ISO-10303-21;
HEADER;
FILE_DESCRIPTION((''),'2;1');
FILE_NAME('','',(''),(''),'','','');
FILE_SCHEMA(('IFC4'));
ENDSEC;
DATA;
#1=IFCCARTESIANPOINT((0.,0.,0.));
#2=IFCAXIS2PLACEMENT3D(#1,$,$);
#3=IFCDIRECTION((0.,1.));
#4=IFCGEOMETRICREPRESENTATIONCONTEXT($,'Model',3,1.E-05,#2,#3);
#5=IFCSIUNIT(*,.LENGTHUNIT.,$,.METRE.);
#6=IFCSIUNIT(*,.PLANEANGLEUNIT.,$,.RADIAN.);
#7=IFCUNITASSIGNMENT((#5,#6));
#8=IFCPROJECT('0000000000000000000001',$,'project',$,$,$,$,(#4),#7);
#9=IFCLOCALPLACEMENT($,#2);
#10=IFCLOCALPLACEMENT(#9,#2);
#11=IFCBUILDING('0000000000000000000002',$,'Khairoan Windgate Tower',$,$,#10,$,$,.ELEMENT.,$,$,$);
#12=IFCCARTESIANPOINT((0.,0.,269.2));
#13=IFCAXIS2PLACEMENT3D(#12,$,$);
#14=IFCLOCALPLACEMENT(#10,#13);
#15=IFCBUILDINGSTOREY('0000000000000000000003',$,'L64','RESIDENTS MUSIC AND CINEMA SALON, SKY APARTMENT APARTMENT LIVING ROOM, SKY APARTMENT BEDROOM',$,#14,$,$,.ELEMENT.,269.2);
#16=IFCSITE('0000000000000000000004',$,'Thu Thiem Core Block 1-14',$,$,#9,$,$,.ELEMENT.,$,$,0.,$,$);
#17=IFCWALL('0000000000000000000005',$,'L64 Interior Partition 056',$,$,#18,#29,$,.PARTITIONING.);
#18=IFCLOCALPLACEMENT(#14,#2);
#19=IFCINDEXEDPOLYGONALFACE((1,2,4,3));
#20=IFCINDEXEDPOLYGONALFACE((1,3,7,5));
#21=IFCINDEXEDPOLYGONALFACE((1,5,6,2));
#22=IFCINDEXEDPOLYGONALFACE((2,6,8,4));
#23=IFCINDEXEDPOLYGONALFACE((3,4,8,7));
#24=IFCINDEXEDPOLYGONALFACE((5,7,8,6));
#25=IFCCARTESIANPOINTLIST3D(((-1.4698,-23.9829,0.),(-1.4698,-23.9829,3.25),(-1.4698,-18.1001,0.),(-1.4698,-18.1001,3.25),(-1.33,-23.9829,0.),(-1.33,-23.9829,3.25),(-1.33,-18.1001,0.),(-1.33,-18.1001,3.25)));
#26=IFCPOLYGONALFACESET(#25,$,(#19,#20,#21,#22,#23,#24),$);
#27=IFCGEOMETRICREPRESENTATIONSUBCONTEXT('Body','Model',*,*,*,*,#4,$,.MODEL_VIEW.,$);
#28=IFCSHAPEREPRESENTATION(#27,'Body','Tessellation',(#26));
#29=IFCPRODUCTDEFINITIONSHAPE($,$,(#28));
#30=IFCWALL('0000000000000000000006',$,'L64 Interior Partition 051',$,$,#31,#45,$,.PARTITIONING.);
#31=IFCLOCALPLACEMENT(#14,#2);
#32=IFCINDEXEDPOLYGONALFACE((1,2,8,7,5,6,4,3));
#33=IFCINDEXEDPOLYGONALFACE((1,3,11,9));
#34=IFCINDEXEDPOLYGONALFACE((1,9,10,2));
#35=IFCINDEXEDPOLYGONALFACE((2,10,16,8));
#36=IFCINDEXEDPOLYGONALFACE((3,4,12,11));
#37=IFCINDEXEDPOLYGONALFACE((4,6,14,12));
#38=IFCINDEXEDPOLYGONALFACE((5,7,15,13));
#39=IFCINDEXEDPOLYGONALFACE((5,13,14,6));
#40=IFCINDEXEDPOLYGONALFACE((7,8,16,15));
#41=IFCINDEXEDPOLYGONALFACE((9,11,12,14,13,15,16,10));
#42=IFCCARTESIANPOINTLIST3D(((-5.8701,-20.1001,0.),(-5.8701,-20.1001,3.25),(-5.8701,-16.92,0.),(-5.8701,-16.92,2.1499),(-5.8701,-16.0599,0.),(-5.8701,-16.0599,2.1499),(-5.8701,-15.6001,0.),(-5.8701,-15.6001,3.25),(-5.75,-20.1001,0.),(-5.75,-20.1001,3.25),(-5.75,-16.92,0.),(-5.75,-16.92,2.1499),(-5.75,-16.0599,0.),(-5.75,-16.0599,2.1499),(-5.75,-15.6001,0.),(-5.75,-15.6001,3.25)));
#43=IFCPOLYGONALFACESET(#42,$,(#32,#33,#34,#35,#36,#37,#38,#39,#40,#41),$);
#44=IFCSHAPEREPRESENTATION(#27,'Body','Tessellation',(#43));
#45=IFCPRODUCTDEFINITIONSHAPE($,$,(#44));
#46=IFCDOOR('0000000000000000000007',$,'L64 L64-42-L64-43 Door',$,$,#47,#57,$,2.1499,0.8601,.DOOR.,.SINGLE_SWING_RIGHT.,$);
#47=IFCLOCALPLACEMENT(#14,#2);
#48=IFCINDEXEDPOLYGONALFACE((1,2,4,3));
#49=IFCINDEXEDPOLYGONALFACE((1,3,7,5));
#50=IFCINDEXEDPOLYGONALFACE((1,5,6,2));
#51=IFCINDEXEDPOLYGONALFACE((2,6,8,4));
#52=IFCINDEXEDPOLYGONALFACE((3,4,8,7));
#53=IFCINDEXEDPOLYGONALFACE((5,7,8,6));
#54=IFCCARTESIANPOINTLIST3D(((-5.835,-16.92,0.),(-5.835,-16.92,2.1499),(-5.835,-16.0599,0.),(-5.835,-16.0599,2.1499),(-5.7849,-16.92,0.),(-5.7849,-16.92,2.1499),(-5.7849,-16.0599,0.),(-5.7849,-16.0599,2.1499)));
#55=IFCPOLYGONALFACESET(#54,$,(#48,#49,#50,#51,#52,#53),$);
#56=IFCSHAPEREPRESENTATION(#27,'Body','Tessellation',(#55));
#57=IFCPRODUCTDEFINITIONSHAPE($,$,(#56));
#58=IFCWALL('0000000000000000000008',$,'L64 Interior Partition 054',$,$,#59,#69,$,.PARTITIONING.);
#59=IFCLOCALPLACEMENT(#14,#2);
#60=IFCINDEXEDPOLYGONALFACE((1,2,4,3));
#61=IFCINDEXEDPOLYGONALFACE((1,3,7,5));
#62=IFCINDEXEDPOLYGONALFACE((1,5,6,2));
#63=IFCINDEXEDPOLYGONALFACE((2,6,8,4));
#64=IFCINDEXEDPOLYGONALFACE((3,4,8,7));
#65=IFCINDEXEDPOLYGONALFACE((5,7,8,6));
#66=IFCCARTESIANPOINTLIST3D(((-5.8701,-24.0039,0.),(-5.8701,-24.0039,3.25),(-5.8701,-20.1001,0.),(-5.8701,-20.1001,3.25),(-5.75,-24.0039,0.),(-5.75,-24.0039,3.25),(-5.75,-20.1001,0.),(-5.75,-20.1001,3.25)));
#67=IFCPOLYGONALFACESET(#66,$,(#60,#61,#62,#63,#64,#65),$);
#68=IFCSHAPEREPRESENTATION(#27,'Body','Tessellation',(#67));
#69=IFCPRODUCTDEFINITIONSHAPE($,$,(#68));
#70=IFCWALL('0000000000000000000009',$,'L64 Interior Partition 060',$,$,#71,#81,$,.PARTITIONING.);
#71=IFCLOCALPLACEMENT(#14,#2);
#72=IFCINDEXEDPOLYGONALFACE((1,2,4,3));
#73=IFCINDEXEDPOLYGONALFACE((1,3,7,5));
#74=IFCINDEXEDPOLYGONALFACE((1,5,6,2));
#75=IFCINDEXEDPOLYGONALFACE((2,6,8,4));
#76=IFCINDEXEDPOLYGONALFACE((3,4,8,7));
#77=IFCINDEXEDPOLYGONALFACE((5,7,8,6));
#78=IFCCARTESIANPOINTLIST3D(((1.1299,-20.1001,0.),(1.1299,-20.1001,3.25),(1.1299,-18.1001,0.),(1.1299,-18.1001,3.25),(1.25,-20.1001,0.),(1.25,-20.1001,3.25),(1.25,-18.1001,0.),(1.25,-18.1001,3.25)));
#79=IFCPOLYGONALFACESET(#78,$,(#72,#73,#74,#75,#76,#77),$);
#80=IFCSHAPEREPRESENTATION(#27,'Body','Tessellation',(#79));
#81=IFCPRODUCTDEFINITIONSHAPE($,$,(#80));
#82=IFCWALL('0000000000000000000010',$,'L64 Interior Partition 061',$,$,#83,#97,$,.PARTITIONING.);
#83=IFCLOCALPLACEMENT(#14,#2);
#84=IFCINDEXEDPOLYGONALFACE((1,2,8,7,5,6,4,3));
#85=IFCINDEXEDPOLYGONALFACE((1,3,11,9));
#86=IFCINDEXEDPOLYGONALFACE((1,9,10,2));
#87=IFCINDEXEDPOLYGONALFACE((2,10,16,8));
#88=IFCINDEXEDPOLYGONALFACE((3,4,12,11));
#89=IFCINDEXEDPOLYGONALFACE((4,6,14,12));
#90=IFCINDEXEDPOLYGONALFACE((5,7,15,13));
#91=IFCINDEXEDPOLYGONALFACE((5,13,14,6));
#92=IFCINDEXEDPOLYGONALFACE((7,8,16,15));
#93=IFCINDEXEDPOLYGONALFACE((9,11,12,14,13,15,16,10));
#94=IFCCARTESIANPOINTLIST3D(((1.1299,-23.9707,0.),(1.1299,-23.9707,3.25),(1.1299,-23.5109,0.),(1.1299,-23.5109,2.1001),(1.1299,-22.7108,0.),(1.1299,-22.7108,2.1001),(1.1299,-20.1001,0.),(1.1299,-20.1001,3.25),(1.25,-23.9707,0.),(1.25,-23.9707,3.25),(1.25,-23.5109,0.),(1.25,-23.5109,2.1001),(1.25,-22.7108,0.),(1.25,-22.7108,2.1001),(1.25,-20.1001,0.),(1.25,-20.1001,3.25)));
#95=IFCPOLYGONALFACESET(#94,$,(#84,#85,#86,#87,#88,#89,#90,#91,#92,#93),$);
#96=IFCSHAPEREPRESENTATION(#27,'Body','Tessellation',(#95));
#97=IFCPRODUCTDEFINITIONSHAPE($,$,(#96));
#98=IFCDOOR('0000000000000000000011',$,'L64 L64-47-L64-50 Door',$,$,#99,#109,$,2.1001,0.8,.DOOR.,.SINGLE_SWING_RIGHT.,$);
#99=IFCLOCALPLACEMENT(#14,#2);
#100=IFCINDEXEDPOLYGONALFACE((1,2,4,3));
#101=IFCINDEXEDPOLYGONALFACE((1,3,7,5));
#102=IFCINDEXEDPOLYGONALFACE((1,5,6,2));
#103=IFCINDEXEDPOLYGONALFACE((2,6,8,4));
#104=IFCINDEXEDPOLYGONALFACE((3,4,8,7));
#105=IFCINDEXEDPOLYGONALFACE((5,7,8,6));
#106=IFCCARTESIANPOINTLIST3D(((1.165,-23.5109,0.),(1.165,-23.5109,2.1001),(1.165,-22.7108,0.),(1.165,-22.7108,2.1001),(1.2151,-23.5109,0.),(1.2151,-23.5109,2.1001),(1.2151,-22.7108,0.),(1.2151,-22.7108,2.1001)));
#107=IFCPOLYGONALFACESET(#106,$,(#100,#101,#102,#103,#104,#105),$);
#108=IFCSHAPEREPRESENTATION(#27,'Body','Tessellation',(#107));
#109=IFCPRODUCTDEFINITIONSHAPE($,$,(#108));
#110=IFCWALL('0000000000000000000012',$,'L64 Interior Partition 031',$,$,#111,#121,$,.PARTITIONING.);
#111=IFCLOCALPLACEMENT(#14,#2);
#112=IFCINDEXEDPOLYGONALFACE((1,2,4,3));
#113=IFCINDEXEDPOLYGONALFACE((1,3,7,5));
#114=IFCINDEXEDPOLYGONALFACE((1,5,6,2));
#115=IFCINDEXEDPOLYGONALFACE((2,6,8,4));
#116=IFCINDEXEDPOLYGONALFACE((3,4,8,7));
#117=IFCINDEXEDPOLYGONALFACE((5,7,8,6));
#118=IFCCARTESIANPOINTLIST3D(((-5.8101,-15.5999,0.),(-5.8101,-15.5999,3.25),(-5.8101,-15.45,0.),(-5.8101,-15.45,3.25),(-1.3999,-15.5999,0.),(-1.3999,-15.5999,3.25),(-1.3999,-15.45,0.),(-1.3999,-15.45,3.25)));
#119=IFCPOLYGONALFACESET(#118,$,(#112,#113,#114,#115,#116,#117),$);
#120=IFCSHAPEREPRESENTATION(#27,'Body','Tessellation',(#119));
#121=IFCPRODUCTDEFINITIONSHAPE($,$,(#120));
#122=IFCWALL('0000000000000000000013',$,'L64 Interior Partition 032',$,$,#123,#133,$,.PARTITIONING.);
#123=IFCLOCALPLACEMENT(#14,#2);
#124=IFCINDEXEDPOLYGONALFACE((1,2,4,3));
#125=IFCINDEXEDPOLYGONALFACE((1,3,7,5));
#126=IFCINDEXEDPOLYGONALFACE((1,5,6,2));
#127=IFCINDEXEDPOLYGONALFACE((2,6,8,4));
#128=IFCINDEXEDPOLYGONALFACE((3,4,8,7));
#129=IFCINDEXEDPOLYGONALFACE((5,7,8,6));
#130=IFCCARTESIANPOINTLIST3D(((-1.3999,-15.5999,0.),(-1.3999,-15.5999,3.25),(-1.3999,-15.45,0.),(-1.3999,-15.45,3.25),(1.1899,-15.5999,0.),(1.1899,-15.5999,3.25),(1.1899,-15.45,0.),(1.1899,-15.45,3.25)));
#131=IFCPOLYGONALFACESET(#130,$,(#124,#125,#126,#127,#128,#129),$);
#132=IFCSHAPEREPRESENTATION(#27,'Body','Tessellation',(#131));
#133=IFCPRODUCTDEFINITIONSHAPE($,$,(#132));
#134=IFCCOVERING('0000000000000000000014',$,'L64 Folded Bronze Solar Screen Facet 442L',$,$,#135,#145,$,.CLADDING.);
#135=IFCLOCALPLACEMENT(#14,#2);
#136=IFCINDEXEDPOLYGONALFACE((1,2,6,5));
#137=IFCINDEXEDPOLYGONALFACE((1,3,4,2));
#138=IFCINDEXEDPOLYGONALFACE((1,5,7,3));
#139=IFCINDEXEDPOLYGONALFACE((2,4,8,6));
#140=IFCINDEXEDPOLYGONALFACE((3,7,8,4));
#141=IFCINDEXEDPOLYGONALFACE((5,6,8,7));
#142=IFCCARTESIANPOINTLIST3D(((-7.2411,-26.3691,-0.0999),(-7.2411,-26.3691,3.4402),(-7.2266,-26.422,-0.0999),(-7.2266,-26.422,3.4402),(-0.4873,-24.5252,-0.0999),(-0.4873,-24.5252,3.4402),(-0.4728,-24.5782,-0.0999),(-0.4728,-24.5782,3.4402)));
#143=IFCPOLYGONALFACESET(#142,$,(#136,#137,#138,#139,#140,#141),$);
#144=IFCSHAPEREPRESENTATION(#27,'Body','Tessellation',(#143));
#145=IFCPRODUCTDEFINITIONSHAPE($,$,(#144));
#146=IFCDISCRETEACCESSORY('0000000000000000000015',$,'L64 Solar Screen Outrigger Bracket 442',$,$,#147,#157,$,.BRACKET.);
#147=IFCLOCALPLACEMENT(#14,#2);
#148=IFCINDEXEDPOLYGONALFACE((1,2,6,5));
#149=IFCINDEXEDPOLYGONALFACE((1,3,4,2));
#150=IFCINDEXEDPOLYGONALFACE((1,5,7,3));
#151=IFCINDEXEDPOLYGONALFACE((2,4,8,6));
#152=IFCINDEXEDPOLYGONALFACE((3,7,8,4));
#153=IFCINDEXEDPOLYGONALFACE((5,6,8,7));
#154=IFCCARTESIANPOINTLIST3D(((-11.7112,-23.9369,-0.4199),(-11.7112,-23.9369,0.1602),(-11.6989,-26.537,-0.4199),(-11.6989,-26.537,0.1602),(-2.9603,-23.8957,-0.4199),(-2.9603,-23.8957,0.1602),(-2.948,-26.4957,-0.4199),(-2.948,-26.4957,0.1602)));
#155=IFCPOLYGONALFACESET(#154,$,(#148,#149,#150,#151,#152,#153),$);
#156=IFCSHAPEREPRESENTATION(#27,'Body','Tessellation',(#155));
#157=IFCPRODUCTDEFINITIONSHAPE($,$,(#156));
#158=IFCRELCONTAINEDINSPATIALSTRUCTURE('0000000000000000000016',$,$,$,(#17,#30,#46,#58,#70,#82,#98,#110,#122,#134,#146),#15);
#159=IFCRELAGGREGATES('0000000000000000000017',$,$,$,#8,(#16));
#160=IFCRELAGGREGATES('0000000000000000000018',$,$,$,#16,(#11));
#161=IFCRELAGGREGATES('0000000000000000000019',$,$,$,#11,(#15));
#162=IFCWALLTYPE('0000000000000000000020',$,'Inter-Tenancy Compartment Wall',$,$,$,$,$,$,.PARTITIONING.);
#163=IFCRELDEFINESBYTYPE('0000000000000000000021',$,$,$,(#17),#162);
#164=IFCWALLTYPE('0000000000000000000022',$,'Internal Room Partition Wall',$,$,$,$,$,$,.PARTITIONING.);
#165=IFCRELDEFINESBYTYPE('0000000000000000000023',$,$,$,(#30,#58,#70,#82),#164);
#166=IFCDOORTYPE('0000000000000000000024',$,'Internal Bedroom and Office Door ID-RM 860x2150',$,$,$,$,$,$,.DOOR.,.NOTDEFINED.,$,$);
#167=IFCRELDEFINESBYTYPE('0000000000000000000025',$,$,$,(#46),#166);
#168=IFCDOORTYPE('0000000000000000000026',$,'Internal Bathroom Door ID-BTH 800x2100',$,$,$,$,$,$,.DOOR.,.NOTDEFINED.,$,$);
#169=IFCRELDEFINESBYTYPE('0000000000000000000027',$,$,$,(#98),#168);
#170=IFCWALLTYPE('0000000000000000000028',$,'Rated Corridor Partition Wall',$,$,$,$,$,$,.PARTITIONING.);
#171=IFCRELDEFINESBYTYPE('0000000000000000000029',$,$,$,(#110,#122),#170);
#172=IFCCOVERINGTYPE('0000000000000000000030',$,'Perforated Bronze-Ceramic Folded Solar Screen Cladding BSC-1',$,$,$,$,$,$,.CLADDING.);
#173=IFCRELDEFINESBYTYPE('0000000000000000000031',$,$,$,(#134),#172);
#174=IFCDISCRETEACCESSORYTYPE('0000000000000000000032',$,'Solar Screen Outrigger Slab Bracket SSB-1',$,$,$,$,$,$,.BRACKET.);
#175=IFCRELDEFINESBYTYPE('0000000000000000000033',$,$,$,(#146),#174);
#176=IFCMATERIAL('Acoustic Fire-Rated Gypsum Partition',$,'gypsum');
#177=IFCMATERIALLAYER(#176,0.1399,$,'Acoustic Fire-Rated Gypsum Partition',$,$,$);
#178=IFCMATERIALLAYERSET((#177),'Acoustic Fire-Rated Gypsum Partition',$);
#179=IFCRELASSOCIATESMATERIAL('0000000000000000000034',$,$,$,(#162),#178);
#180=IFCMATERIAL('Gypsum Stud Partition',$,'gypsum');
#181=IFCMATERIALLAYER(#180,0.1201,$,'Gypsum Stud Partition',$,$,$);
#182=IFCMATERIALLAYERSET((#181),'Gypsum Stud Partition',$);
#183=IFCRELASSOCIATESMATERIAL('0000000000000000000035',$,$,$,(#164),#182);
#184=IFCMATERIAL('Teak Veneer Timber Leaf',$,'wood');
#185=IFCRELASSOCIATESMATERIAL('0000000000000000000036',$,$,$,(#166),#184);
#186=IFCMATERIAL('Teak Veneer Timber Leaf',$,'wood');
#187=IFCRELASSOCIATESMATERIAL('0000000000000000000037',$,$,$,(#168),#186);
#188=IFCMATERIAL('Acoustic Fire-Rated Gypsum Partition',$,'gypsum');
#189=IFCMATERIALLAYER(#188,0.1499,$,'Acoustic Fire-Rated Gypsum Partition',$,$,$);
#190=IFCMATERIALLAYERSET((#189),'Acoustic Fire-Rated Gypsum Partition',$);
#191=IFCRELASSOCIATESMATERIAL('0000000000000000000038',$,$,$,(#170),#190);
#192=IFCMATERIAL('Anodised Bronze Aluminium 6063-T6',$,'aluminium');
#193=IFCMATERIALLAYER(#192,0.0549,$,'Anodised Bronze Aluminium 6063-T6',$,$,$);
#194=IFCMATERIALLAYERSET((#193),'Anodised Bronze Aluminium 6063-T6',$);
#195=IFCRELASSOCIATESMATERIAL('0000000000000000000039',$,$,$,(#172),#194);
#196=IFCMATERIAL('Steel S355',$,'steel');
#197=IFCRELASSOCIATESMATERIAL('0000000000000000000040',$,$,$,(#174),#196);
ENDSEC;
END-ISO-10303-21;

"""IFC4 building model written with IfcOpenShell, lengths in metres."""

from ifc_helpers import new_model, si_unit, direction, frame, frame_2d, origin, origin_2d, place, context, subcontext, project, spatial, rectangle, extrude, material, layer, layer_set, type_object, element, fill, save


model = new_model("IFC4")

# Units and contexts
model_context = context("Model", 3, precision=1e-05, world=origin(), true_north=direction((0.0, 1.0)))
body_context = subcontext(model_context, "Body", "Model", "MODEL_VIEW")
ifc_project = project(units=[si_unit("LENGTHUNIT", "METRE"), si_unit("PLANEANGLEUNIT", "RADIAN")], contexts=[model_context])

# Site, building, storey
site_placement = place(None, origin())
site = spatial("IfcSite", under=ifc_project, at=site_placement, Name="Thu Thiem Core Block 1-14", CompositionType="ELEMENT", RefElevation=0.0)
building_placement = place(site_placement, origin())
building = spatial("IfcBuilding", under=site, at=building_placement, Name="Khairoan Windgate Tower", CompositionType="ELEMENT")
storey_placement = place(building_placement, frame((0.0, 0.0, 269.2)))
storey = spatial("IfcBuildingStorey", under=building, at=storey_placement, Name="L64", Description="RESIDENTS MUSIC AND CINEMA SALON, SKY APARTMENT APARTMENT LIVING ROOM, SKY APARTMENT BEDROOM", CompositionType="ELEMENT", Elevation=269.2)

# Wall
ifc_material_1 = material(Name="Acoustic Fire-Rated Gypsum Partition", Category="gypsum")
ifc_layer_1 = layer(ifc_material_1, 0.1399, Name="Acoustic Fire-Rated Gypsum Partition")
ifc_layer_set_1 = layer_set([ifc_layer_1], Name="Acoustic Fire-Rated Gypsum Partition")
wall_type_1 = type_object("IfcWallType", Name="Inter-Tenancy Compartment Wall", PredefinedType="PARTITIONING", material=ifc_layer_set_1)
wall_1_placement = place(storey_placement, frame((-1.3999, -23.9829, 0.0), z_axis=(0.0, 0.0, 1.0), x_axis=(0.0, 1.0, 0.0)))
element("IfcWall", 1, at=wall_1_placement, inside=storey, type_object=wall_type_1, Name="L64 Interior Partition 056", PredefinedType="PARTITIONING", context=body_context, shape_type="SweptSolid", body=[
    extrude(rectangle(XDim=5.8828, YDim=0.1399, at=frame_2d((2.9414, 0.0))), origin(), (0.0, 0.0, 1.0), 3.25),
])

# Wall, opening, door
ifc_material_2 = material(Name="Gypsum Stud Partition", Category="gypsum")
ifc_layer_2 = layer(ifc_material_2, 0.1201, Name="Gypsum Stud Partition")
ifc_layer_set_2 = layer_set([ifc_layer_2], Name="Gypsum Stud Partition")
wall_type_2 = type_object("IfcWallType", Name="Internal Room Partition Wall", PredefinedType="PARTITIONING", material=ifc_layer_set_2)
wall_2_placement = place(storey_placement, frame((-5.8101, -20.1001, 0.0), z_axis=(0.0, 0.0, 1.0), x_axis=(0.0, 1.0, 0.0)))
wall_2 = element("IfcWall", 2, at=wall_2_placement, inside=storey, type_object=wall_type_2, Name="L64 Interior Partition 051", PredefinedType="PARTITIONING", context=body_context, shape_type="SweptSolid", body=[
    extrude(rectangle(XDim=4.5, YDim=0.1201, at=frame_2d((2.25, 0.0))), origin(), (0.0, 0.0, 1.0), 3.25),
])
opening_1_placement = place(wall_2_placement, frame((3.1799, 0.0, 0.0)))
opening_1 = element("IfcOpeningElement", 3, at=opening_1_placement, cuts=wall_2, PredefinedType="OPENING", context=body_context, shape_type="SweptSolid", body=[
    extrude(rectangle(XDim=0.8601, YDim=2.1499, at=frame_2d((0.4302, 1.075))), frame((0.0, 0.0701, 0.0), z_axis=(0.0, -1.0, 0.0), x_axis=(1.0, 0.0, 0.0)), (0.0, 0.0, 1.0), 0.1401),
])
ifc_material_3 = material(Name="Teak Veneer Timber Leaf", Category="wood")
door_type_1 = type_object("IfcDoorType", Name="Internal Bedroom and Office Door ID-RM 860x2150", OperationType="NOTDEFINED", PredefinedType="DOOR", material=ifc_material_3)
door_1_placement = place(opening_1_placement, origin())
door_1 = element("IfcDoor", 4, at=door_1_placement, inside=storey, type_object=door_type_1, Name="L64 L64-42-L64-43 Door", OperationType="SINGLE_SWING_RIGHT", OverallHeight=2.1499, OverallWidth=0.8601, PredefinedType="DOOR", context=body_context, shape_type="SweptSolid", body=[
    extrude(rectangle(XDim=0.8601, YDim=2.1499, at=frame_2d((0.4302, 1.075))), frame((0.0, 0.0249, 0.0), z_axis=(0.0, -1.0, 0.0), x_axis=(1.0, 0.0, 0.0)), (0.0, 0.0, 1.0), 0.05),
])
fill(opening_1, door_1)

# Walls
wall_3_placement = place(storey_placement, frame((-5.8101, -24.0039, 0.0), z_axis=(0.0, 0.0, 1.0), x_axis=(0.0, 1.0, 0.0)))
element("IfcWall", 5, at=wall_3_placement, inside=storey, type_object=wall_type_2, Name="L64 Interior Partition 054", PredefinedType="PARTITIONING", context=body_context, shape_type="SweptSolid", body=[
    extrude(rectangle(XDim=3.9038, YDim=0.1201, at=frame_2d((1.9519, 0.0))), origin(), (0.0, 0.0, 1.0), 3.25),
])
wall_4_placement = place(storey_placement, frame((1.1899, -20.1001, 0.0), z_axis=(0.0, 0.0, 1.0), x_axis=(0.0, 1.0, 0.0)))
element("IfcWall", 6, at=wall_4_placement, inside=storey, type_object=wall_type_2, Name="L64 Interior Partition 060", PredefinedType="PARTITIONING", context=body_context, shape_type="SweptSolid", body=[
    extrude(rectangle(XDim=2.0, YDim=0.1201, at=frame_2d((1.0, 0.0))), origin(), (0.0, 0.0, 1.0), 3.25),
])

# Wall, opening, door
wall_5_placement = place(storey_placement, frame((1.1899, -23.9707, 0.0), z_axis=(0.0, 0.0, 1.0), x_axis=(0.0, 1.0, 0.0)))
wall_5 = element("IfcWall", 7, at=wall_5_placement, inside=storey, type_object=wall_type_2, Name="L64 Interior Partition 061", PredefinedType="PARTITIONING", context=body_context, shape_type="SweptSolid", body=[
    extrude(rectangle(XDim=3.8706, YDim=0.1201, at=frame_2d((1.9353, 0.0))), origin(), (0.0, 0.0, 1.0), 3.25),
])
opening_2_placement = place(wall_5_placement, frame((0.46, 0.0, 0.0)))
opening_2 = element("IfcOpeningElement", 8, at=opening_2_placement, cuts=wall_5, PredefinedType="OPENING", context=body_context, shape_type="SweptSolid", body=[
    extrude(rectangle(XDim=0.8, YDim=2.1001, at=frame_2d((0.3999, 1.05))), frame((0.0, 0.0701, 0.0), z_axis=(0.0, -1.0, 0.0), x_axis=(1.0, 0.0, 0.0)), (0.0, 0.0, 1.0), 0.1401),
])
ifc_material_4 = material(Name="Teak Veneer Timber Leaf", Category="wood")
door_type_2 = type_object("IfcDoorType", Name="Internal Bathroom Door ID-BTH 800x2100", OperationType="NOTDEFINED", PredefinedType="DOOR", material=ifc_material_4)
door_2_placement = place(opening_2_placement, origin())
door_2 = element("IfcDoor", 9, at=door_2_placement, inside=storey, type_object=door_type_2, Name="L64 L64-47-L64-50 Door", OperationType="SINGLE_SWING_RIGHT", OverallHeight=2.1001, OverallWidth=0.8, PredefinedType="DOOR", context=body_context, shape_type="SweptSolid", body=[
    extrude(rectangle(XDim=0.8, YDim=2.1001, at=frame_2d((0.3999, 1.05))), frame((0.0, 0.0249, 0.0), z_axis=(0.0, -1.0, 0.0), x_axis=(1.0, 0.0, 0.0)), (0.0, 0.0, 1.0), 0.05),
])
fill(opening_2, door_2)

# Walls
ifc_material_5 = material(Name="Acoustic Fire-Rated Gypsum Partition", Category="gypsum")
ifc_layer_3 = layer(ifc_material_5, 0.1499, Name="Acoustic Fire-Rated Gypsum Partition")
ifc_layer_set_3 = layer_set([ifc_layer_3], Name="Acoustic Fire-Rated Gypsum Partition")
wall_type_3 = type_object("IfcWallType", Name="Rated Corridor Partition Wall", PredefinedType="PARTITIONING", material=ifc_layer_set_3)
wall_6_placement = place(storey_placement, frame((-5.8101, -15.5249, 0.0), z_axis=(0.0, 0.0, 1.0), x_axis=(1.0, 0.0, 0.0)))
element("IfcWall", 10, at=wall_6_placement, inside=storey, type_object=wall_type_3, Name="L64 Interior Partition 031", PredefinedType="PARTITIONING", context=body_context, shape_type="SweptSolid", body=[
    extrude(rectangle(XDim=4.4102, YDim=0.1499, at=frame_2d((2.2051, 0.0))), origin(), (0.0, 0.0, 1.0), 3.25),
])
wall_7_placement = place(storey_placement, frame((-1.3999, -15.5249, 0.0), z_axis=(0.0, 0.0, 1.0), x_axis=(1.0, 0.0, 0.0)))
element("IfcWall", 11, at=wall_7_placement, inside=storey, type_object=wall_type_3, Name="L64 Interior Partition 032", PredefinedType="PARTITIONING", context=body_context, shape_type="SweptSolid", body=[
    extrude(rectangle(XDim=2.5898, YDim=0.1499, at=frame_2d((1.2949, 0.0))), origin(), (0.0, 0.0, 1.0), 3.25),
])

# Covering
ifc_material_6 = material(Name="Anodised Bronze Aluminium 6063-T6", Category="aluminium")
ifc_layer_4 = layer(ifc_material_6, 0.0549, Name="Anodised Bronze Aluminium 6063-T6")
ifc_layer_set_4 = layer_set([ifc_layer_4], Name="Anodised Bronze Aluminium 6063-T6")
covering_type = type_object("IfcCoveringType", Name="Perforated Bronze-Ceramic Folded Solar Screen Cladding BSC-1", PredefinedType="CLADDING", material=ifc_layer_set_4)
covering_placement = place(storey_placement, frame((-3.8569, -25.4736, -0.0999), z_axis=(0.0, 0.0, 1.0), x_axis=(-0.964695, -0.263368, 0.0)))
element("IfcCovering", 12, at=covering_placement, inside=storey, type_object=covering_type, Name="L64 Folded Bronze Solar Screen Facet 442L", PredefinedType="CLADDING", context=body_context, shape_type="SweptSolid", body=[
    extrude(rectangle(XDim=7.001, YDim=0.0549, at=origin_2d()), origin(), (0.0, 0.0, 1.0), 3.54),
])

# Discrete accessory
ifc_material_7 = material(Name="Steel S355", Category="steel")
discrete_accessory_type = type_object("IfcDiscreteAccessoryType", Name="Solar Screen Outrigger Slab Bracket SSB-1", PredefinedType="BRACKET", material=ifc_material_7)
discrete_accessory_placement = place(storey_placement, frame((-7.3296, -25.2163, -0.4199), z_axis=(0.0, 0.0, 1.0), x_axis=(-0.999989, -0.004712, 0.0)))
element("IfcDiscreteAccessory", 13, at=discrete_accessory_placement, inside=storey, type_object=discrete_accessory_type, Name="L64 Solar Screen Outrigger Bracket 442", PredefinedType="BRACKET", context=body_context, shape_type="SweptSolid", body=[
    extrude(rectangle(XDim=8.751, YDim=2.6001, at=origin_2d()), origin(), (0.0, 0.0, 1.0), 0.5801),
])

save(model, "model.ifc")
